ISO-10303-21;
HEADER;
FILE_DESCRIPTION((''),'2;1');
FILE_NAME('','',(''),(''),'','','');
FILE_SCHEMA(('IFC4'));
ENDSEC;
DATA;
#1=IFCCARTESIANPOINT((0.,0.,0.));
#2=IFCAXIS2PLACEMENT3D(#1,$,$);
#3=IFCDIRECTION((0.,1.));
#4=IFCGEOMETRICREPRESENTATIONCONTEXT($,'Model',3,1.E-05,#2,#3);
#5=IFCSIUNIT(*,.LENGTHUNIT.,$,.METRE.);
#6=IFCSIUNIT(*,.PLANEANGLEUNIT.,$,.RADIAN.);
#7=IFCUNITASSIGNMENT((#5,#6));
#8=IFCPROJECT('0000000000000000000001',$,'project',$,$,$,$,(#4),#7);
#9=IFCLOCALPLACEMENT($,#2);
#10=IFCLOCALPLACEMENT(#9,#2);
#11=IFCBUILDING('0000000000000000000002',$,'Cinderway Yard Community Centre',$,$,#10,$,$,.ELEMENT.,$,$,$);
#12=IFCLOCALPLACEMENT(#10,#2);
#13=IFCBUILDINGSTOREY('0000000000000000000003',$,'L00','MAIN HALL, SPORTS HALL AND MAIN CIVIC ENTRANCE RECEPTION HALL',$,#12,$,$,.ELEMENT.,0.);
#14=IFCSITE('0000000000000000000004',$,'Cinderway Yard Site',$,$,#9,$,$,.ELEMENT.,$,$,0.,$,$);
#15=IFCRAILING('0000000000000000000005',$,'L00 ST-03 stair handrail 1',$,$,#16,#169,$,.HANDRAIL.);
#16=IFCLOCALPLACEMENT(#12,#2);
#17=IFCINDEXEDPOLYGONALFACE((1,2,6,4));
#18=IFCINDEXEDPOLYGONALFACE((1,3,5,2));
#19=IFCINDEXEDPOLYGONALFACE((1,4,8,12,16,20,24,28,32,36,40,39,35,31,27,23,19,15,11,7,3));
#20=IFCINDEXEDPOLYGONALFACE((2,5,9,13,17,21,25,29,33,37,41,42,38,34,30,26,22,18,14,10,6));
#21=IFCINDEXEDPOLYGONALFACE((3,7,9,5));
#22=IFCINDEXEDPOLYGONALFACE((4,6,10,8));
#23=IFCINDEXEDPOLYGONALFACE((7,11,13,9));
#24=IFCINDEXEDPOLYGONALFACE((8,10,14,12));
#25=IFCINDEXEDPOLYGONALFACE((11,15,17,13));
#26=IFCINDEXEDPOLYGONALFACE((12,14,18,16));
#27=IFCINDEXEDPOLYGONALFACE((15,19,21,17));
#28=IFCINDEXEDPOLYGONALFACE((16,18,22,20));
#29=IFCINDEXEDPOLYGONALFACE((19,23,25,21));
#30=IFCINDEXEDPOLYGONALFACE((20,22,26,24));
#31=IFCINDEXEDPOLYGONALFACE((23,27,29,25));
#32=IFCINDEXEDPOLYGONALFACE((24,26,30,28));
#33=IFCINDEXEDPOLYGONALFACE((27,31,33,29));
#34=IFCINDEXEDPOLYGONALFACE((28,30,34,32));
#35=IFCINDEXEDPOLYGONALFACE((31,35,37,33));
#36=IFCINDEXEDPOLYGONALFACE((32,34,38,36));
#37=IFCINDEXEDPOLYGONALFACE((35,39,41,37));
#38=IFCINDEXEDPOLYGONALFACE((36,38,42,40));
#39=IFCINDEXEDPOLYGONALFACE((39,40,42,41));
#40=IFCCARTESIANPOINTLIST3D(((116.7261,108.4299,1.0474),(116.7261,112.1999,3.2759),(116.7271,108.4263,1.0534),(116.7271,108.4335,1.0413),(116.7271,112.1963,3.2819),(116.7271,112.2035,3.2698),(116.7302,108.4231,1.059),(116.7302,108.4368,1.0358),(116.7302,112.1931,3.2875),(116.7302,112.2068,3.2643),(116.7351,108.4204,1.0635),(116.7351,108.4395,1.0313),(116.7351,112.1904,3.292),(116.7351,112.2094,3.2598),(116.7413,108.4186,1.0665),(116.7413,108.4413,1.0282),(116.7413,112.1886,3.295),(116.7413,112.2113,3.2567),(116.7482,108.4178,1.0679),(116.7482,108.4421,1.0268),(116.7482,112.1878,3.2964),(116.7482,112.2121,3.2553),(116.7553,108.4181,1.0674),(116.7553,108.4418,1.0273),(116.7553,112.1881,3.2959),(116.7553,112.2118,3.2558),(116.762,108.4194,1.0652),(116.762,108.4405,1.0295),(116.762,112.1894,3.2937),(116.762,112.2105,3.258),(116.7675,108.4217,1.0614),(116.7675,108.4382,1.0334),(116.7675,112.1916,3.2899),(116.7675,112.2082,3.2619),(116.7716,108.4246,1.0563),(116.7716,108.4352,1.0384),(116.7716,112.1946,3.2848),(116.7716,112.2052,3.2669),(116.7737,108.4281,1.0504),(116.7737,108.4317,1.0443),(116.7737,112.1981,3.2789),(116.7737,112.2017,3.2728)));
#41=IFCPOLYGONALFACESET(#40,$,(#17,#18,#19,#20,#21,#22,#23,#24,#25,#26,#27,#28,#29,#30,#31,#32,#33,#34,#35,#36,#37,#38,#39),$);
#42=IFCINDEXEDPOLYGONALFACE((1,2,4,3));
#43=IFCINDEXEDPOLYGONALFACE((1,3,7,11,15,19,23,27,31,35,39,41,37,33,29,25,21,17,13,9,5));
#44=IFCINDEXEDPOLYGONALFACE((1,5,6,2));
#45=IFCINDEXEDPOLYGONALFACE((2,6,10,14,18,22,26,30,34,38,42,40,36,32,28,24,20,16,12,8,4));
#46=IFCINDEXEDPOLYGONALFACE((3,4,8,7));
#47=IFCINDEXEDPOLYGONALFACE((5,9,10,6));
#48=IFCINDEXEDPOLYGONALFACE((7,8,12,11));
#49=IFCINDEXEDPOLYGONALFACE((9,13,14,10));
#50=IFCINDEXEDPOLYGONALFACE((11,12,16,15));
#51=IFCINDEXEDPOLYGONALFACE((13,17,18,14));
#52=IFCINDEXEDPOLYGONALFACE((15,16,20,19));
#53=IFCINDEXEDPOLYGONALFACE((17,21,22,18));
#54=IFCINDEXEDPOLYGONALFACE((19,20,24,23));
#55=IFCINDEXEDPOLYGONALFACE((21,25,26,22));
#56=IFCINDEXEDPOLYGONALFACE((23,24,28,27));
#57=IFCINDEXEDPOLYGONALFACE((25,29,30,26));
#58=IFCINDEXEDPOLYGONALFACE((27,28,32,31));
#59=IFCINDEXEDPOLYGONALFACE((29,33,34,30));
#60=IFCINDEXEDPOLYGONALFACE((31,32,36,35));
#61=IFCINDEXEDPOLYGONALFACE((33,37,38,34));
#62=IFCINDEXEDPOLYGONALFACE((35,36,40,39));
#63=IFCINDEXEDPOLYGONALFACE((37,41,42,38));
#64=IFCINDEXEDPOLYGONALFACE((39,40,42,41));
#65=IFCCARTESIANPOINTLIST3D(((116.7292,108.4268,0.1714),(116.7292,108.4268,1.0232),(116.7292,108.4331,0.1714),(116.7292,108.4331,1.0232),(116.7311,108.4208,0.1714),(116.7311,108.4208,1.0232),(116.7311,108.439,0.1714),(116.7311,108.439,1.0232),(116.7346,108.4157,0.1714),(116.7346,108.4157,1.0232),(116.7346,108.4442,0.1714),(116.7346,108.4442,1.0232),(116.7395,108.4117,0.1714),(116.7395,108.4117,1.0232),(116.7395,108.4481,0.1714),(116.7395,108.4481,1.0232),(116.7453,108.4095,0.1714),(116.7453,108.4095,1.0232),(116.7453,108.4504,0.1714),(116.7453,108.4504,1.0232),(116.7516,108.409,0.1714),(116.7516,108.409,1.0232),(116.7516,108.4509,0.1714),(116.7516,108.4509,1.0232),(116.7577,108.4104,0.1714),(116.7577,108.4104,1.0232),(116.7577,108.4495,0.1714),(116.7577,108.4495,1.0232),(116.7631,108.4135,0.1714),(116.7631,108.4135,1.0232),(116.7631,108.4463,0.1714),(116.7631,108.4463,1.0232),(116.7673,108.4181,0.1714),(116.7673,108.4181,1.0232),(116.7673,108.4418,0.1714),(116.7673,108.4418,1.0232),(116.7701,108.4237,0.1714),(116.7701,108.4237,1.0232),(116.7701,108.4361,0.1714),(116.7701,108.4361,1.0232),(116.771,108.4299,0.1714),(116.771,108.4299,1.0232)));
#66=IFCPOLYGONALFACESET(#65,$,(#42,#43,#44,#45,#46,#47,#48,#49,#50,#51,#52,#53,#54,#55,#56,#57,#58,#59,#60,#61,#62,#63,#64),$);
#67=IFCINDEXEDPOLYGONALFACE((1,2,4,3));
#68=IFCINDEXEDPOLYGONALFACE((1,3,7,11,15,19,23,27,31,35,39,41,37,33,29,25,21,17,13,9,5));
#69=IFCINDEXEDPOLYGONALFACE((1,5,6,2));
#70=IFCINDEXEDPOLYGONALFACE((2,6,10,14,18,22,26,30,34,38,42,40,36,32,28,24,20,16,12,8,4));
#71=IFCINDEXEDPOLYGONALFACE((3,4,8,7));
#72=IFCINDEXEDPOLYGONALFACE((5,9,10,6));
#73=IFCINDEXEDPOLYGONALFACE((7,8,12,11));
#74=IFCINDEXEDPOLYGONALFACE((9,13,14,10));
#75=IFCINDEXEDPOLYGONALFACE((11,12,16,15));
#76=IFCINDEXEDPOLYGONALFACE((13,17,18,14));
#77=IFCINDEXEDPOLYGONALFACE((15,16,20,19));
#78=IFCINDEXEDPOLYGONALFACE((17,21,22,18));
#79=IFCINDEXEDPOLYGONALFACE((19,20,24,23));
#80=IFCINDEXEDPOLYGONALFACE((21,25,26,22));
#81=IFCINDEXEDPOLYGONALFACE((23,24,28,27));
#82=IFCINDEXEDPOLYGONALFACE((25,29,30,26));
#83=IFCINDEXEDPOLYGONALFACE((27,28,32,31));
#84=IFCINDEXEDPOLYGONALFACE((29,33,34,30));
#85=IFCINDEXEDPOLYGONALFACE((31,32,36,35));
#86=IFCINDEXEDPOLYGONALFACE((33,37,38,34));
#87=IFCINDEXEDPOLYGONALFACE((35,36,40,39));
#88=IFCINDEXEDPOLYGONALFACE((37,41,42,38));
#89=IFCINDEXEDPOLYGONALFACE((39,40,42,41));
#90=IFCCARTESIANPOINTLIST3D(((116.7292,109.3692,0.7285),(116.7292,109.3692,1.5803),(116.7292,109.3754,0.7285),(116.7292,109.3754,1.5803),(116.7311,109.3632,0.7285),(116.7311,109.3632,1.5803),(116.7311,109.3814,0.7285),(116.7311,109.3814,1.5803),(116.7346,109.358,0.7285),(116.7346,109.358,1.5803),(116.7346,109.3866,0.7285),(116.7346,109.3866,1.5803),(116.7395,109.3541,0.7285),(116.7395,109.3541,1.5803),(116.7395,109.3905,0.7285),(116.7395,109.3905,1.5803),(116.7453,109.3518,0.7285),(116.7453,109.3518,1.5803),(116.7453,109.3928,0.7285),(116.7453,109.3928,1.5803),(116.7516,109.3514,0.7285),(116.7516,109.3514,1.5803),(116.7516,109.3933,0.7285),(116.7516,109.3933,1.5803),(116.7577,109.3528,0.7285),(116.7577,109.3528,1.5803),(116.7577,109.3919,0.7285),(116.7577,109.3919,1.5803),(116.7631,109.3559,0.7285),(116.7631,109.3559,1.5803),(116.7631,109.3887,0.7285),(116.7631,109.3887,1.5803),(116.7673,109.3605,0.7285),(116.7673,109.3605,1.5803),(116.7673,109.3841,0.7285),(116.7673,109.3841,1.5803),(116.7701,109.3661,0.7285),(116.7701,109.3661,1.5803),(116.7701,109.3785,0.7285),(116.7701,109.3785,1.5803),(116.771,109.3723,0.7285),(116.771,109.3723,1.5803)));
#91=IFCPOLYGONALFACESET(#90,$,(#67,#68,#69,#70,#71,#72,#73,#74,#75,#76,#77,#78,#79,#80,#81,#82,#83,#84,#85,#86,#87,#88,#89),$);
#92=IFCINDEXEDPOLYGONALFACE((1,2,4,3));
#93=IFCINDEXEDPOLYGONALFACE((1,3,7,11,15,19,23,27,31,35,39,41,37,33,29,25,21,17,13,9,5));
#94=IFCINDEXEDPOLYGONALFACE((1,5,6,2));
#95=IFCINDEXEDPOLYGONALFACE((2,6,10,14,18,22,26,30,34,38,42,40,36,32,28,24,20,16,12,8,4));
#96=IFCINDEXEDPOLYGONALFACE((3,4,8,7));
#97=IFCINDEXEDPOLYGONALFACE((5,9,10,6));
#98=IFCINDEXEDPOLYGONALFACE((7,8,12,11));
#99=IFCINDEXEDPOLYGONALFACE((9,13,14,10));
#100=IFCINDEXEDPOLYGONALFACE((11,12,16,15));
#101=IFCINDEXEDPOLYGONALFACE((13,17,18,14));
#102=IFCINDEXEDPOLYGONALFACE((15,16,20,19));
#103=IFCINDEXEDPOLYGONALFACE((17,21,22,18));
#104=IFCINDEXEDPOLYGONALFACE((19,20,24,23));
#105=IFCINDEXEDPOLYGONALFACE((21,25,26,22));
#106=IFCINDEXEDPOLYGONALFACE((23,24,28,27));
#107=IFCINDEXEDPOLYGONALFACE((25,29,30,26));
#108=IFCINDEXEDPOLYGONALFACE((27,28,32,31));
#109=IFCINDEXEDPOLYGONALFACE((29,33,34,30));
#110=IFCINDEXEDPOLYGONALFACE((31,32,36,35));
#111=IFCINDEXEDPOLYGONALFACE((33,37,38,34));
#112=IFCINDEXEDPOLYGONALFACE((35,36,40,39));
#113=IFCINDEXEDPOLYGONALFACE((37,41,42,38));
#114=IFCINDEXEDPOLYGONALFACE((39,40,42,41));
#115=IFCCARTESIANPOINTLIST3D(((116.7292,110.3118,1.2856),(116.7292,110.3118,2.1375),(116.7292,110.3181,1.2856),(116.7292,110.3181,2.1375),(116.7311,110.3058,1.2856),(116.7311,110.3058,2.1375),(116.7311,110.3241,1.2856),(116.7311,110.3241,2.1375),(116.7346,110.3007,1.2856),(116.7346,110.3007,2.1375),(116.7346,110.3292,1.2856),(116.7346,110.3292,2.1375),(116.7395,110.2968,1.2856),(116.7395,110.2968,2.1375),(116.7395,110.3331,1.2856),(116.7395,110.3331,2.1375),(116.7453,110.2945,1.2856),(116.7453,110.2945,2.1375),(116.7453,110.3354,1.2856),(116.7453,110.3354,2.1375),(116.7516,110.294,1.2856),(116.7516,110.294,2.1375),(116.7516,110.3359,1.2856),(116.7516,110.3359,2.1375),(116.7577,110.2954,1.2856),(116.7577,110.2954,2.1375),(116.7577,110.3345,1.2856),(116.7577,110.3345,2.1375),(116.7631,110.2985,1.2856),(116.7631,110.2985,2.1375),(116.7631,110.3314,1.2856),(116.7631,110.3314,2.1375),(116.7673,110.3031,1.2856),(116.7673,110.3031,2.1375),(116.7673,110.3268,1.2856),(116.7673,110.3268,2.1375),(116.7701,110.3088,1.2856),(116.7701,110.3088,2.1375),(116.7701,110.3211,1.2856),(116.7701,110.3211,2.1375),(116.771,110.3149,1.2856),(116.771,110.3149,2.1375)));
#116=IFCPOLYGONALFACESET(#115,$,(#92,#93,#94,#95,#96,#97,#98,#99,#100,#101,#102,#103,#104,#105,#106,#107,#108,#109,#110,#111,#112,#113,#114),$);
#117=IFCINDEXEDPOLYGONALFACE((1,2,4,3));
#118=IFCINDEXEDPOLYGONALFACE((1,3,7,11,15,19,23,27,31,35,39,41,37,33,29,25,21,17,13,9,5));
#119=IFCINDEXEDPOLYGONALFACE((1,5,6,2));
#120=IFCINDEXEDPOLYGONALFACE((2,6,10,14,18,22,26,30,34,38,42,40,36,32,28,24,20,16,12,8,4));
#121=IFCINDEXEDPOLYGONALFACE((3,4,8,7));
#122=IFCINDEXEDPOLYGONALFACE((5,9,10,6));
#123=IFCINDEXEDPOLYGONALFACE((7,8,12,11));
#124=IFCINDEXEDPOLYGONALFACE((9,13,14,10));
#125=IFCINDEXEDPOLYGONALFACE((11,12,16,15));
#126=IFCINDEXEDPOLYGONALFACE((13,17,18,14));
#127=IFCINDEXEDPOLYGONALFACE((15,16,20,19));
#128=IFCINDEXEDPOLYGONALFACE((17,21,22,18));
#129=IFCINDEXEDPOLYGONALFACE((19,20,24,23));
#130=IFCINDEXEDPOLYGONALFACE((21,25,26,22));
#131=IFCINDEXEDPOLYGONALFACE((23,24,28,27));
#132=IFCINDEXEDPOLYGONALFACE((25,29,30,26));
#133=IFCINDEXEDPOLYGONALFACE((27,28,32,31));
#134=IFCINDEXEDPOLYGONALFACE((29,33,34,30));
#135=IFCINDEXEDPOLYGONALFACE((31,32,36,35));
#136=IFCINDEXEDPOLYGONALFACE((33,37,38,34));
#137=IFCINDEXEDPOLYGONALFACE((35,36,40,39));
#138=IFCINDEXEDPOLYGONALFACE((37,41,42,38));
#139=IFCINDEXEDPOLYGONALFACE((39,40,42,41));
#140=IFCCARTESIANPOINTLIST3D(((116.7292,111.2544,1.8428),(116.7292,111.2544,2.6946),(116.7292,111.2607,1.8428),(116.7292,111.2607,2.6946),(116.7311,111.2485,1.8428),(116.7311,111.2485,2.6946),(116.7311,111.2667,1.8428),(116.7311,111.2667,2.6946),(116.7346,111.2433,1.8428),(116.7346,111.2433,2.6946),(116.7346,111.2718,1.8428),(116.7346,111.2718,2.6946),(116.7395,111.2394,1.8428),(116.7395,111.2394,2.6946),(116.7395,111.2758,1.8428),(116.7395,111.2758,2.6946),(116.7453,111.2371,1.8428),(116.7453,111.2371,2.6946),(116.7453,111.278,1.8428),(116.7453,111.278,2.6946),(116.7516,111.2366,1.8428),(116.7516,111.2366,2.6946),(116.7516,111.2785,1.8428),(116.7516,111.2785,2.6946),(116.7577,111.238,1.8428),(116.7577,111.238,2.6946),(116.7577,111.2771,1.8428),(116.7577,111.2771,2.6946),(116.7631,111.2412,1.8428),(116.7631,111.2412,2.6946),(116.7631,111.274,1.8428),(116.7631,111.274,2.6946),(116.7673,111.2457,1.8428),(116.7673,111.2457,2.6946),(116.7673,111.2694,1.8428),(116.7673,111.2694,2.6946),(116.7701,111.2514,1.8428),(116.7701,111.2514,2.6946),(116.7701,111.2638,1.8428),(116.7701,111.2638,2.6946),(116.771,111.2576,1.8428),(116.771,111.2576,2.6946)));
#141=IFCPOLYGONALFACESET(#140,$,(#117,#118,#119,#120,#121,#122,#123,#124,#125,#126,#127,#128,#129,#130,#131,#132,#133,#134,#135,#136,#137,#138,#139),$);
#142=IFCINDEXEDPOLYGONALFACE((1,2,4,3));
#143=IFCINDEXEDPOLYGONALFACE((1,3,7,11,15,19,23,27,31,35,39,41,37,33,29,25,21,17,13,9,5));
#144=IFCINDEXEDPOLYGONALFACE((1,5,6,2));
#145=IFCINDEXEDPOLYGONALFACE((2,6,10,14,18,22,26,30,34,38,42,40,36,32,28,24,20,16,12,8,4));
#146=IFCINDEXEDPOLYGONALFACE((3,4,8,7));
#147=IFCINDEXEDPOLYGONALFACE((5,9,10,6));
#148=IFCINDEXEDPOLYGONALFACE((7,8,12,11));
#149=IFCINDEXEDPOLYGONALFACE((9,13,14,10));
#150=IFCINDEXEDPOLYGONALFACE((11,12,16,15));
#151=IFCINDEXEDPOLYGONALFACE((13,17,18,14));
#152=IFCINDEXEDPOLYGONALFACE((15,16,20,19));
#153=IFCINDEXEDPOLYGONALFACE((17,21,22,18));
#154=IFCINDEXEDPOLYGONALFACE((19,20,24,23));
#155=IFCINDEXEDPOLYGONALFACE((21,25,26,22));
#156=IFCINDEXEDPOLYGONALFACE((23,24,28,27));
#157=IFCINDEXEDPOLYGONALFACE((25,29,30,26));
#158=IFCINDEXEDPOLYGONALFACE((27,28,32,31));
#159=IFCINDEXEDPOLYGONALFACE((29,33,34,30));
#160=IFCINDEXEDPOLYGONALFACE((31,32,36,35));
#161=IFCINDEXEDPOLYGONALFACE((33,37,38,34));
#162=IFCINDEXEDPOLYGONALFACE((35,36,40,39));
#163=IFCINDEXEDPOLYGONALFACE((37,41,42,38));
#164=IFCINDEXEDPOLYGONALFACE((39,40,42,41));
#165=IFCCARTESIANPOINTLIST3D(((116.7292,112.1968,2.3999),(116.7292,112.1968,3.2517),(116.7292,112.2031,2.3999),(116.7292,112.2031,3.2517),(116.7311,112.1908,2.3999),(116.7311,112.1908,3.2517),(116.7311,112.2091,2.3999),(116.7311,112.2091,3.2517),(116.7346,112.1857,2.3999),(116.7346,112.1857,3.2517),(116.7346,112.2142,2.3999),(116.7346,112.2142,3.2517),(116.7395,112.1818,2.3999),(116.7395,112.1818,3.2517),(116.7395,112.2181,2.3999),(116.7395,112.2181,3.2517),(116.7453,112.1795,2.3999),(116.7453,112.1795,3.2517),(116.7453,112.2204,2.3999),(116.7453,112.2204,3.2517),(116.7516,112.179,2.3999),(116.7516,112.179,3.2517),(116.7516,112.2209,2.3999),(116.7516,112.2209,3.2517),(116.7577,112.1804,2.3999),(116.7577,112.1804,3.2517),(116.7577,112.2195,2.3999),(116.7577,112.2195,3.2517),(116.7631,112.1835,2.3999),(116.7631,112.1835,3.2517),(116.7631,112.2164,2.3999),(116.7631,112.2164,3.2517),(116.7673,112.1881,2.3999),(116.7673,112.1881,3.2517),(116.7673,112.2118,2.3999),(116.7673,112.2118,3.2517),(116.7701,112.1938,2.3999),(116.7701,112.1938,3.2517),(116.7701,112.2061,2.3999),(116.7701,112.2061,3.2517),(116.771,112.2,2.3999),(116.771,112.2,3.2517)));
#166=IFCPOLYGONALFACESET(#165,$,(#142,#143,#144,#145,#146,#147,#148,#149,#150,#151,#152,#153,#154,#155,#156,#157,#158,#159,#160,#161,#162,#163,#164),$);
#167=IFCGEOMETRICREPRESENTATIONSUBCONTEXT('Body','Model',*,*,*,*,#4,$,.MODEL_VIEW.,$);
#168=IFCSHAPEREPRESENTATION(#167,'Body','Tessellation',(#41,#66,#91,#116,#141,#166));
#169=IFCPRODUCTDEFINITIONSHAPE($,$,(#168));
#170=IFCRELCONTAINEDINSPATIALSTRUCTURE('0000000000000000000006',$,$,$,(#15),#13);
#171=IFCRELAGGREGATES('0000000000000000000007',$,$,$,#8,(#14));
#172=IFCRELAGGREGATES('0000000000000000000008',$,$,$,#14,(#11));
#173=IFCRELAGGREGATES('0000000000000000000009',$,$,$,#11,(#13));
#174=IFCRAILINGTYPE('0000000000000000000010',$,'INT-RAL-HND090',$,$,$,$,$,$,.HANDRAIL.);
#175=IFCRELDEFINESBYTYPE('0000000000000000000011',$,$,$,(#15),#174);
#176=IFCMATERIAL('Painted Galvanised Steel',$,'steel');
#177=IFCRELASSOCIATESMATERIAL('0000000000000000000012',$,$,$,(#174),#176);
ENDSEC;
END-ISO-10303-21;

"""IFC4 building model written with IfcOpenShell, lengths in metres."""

from ifc_helpers import new_model, si_unit, direction, frame, origin, origin_2d, place, context, subcontext, project, spatial, circle, extrude, material, type_object, element, save


model = new_model("IFC4")

# Units and contexts
model_context = context("Model", 3, precision=1e-05, world=origin(), true_north=direction((0.0, 1.0)))
body_context = subcontext(model_context, "Body", "Model", "MODEL_VIEW")
ifc_project = project(units=[si_unit("LENGTHUNIT", "METRE"), si_unit("PLANEANGLEUNIT", "RADIAN")], contexts=[model_context])

# Site, building, storey
site_placement = place(None, origin())
site = spatial("IfcSite", under=ifc_project, at=site_placement, Name="Cinderway Yard Site", CompositionType="ELEMENT", RefElevation=0.0)
building_placement = place(site_placement, origin())
building = spatial("IfcBuilding", under=site, at=building_placement, Name="Cinderway Yard Community Centre", CompositionType="ELEMENT")
storey_placement = place(building_placement, origin())
storey = spatial("IfcBuildingStorey", under=building, at=storey_placement, Name="L00", Description="MAIN HALL, SPORTS HALL AND MAIN CIVIC ENTRANCE RECEPTION HALL", CompositionType="ELEMENT", Elevation=0.0)

# Shared definitions
ifc_material_1 = material(Name="Painted Galvanised Steel", Category="steel")

# Railing
railing_type_1 = type_object("IfcRailingType", Name="INT-RAL-HND090", PredefinedType="HANDRAIL", material=ifc_material_1)
railing_1_placement = place(storey_placement, frame((116.75, 108.4299, 0.1714)))
element("IfcRailing", 1, at=railing_1_placement, inside=storey, type_object=railing_type_1, Name="L00 ST-03 stair handrail 1", PredefinedType="HANDRAIL", context=body_context, shape_type="SweptSolid", body=[
    extrude(circle(Radius=0.0239, at=origin_2d()), frame((0.0, 0.0, 0.876), z_axis=(0.0, 0.860849, 0.508861), x_axis=(-1.0, 0.0, 0.0)), (0.0, 0.0, 1.0), 4.3794),
    extrude(circle(Radius=0.021, at=origin_2d()), origin(), (0.0, 0.0, 1.0), 0.8518),
    extrude(circle(Radius=0.021, at=origin_2d()), frame((0.0, 0.9424, 0.5571)), (0.0, 0.0, 1.0), 0.8518),
    extrude(circle(Radius=0.021, at=origin_2d()), frame((0.0, 1.885, 1.1143)), (0.0, 0.0, 1.0), 0.8518),
    extrude(circle(Radius=0.021, at=origin_2d()), frame((0.0, 2.8276, 1.6714)), (0.0, 0.0, 1.0), 0.8518),
    extrude(circle(Radius=0.021, at=origin_2d()), frame((0.0, 3.77, 2.2285)), (0.0, 0.0, 1.0), 0.8518),
])

save(model, "model.ifc")
